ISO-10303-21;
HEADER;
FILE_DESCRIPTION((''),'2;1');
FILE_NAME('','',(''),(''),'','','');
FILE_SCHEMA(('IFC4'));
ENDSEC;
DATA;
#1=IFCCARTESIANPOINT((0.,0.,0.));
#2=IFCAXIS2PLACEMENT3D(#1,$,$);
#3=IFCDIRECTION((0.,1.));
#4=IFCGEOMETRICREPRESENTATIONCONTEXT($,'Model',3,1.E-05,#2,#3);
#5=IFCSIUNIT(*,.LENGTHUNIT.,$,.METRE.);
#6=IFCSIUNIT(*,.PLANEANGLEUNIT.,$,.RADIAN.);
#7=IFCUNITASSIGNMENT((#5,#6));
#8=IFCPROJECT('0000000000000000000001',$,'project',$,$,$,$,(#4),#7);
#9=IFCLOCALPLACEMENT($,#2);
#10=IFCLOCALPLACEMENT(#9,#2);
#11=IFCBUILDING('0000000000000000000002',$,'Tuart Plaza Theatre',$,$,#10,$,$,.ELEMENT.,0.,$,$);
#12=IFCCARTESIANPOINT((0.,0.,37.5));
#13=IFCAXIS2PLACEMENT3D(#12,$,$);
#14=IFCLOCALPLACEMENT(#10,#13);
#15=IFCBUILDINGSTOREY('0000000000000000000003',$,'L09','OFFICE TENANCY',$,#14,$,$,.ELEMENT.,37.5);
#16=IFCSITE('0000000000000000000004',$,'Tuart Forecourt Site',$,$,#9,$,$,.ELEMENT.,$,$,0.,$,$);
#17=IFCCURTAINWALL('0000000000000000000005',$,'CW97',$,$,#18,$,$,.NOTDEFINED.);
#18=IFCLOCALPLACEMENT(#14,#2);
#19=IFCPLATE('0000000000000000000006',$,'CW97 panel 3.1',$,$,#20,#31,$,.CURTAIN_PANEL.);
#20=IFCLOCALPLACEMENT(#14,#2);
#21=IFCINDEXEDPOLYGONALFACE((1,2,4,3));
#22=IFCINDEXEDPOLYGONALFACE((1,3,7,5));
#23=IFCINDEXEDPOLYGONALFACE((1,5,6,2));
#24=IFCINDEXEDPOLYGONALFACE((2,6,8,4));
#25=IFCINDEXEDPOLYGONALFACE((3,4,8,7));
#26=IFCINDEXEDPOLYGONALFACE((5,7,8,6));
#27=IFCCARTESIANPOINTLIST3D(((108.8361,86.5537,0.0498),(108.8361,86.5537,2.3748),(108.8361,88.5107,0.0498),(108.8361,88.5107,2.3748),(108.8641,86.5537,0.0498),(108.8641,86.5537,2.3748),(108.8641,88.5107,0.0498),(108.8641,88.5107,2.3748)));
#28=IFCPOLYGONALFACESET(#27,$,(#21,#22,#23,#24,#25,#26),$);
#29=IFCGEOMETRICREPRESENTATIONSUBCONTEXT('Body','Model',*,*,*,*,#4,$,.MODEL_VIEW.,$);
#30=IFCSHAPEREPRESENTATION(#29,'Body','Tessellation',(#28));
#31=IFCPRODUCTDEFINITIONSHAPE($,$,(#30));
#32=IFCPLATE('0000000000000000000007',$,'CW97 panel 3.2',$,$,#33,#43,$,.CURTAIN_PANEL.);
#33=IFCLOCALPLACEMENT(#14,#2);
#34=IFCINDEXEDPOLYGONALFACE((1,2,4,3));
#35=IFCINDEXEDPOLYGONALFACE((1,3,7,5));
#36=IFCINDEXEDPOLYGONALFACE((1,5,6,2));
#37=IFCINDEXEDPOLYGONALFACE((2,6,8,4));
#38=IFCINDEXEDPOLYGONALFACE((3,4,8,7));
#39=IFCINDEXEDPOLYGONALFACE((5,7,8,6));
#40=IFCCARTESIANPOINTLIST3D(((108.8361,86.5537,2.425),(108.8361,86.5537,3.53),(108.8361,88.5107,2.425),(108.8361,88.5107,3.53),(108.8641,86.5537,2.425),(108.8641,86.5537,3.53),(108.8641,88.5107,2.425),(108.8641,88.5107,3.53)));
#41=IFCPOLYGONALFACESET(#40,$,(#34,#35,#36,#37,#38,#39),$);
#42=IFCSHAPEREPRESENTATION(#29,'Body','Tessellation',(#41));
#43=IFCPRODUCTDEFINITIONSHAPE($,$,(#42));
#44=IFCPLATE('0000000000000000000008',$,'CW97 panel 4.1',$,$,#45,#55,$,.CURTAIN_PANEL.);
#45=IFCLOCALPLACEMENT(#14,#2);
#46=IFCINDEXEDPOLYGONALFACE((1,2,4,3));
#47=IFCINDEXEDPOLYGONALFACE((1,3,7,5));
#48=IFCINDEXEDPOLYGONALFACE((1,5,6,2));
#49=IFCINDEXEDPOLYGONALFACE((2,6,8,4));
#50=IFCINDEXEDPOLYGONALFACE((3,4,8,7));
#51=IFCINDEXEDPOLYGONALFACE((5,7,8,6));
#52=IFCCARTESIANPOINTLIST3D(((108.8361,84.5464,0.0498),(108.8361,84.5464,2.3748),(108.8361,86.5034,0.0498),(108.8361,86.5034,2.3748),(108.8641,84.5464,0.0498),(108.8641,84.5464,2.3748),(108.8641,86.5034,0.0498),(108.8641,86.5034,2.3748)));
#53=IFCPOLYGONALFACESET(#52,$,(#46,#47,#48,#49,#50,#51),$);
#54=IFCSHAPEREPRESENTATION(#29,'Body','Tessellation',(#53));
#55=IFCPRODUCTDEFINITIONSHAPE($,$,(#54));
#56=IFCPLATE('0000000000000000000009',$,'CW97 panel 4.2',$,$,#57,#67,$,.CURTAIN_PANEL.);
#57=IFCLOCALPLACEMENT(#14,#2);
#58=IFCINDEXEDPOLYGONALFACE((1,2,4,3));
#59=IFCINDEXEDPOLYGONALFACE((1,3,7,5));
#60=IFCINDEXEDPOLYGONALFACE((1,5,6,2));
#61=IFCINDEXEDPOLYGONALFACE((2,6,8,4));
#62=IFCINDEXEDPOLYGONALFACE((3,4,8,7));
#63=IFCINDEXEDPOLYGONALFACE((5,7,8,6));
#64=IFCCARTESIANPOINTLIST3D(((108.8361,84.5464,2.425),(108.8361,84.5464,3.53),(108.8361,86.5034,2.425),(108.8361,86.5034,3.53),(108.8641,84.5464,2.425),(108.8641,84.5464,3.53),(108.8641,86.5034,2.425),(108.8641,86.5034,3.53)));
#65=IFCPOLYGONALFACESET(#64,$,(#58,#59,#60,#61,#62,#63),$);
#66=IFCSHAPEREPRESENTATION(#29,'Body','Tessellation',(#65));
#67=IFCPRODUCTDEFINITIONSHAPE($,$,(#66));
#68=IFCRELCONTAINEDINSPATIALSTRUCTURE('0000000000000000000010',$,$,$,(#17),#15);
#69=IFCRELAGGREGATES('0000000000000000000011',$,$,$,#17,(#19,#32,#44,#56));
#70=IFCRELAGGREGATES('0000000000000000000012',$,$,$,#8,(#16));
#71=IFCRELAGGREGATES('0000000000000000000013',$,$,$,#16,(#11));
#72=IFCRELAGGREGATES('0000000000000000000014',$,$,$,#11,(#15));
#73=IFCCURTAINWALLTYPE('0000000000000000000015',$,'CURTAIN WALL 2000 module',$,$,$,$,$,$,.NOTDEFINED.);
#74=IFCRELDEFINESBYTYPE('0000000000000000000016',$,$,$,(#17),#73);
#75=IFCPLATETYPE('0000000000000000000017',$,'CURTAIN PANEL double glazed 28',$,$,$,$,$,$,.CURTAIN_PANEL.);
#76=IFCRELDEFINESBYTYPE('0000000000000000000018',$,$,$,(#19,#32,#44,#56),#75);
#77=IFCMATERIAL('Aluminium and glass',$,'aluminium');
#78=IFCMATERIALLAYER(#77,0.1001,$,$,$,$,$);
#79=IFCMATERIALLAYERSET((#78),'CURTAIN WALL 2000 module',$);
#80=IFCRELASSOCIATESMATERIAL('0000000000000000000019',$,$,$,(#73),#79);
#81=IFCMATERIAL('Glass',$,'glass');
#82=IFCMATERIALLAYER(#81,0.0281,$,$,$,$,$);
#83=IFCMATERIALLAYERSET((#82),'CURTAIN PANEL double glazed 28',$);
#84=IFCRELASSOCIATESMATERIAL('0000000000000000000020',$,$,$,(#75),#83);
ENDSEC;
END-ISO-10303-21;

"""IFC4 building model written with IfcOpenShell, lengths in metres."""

from ifc_helpers import new_model, si_unit, direction, frame, origin, origin_2d, place, context, subcontext, project, spatial, rectangle, extrude, material, layer, layer_set, type_object, element, aggregate, save


model = new_model("IFC4")

# Units and contexts
model_context = context("Model", 3, precision=1e-05, world=origin(), true_north=direction((0.0, 1.0)))
body_context = subcontext(model_context, "Body", "Model", "MODEL_VIEW")
ifc_project = project(units=[si_unit("LENGTHUNIT", "METRE"), si_unit("PLANEANGLEUNIT", "RADIAN")], contexts=[model_context])

# Site, building, storey
site_placement = place(None, origin())
site = spatial("IfcSite", under=ifc_project, at=site_placement, Name="Tuart Forecourt Site", CompositionType="ELEMENT", RefElevation=0.0)
building_placement = place(site_placement, origin())
building = spatial("IfcBuilding", under=site, at=building_placement, Name="Tuart Plaza Theatre", CompositionType="ELEMENT", ElevationOfRefHeight=0.0)
storey_placement = place(building_placement, frame((0.0, 0.0, 37.5)))
storey = spatial("IfcBuildingStorey", under=building, at=storey_placement, Name="L09", Description="OFFICE TENANCY", CompositionType="ELEMENT", Elevation=37.5)

# Curtain wall, plates
ifc_material_1 = material(Name="Aluminium and glass", Category="aluminium")
ifc_layer_1 = layer(ifc_material_1, 0.1001)
ifc_layer_set_1 = layer_set([ifc_layer_1], Name="CURTAIN WALL 2000 module")
curtain_wall_type = type_object("IfcCurtainWallType", Name="CURTAIN WALL 2000 module", PredefinedType="NOTDEFINED", material=ifc_layer_set_1)
curtain_wall_placement = place(storey_placement, origin())
curtain_wall = element("IfcCurtainWall", 1, at=curtain_wall_placement, inside=storey, type_object=curtain_wall_type, Name="CW97", PredefinedType="NOTDEFINED")
ifc_material_2 = material(Name="Glass", Category="glass")
ifc_layer_2 = layer(ifc_material_2, 0.0281)
ifc_layer_set_2 = layer_set([ifc_layer_2], Name="CURTAIN PANEL double glazed 28")
plate_type = type_object("IfcPlateType", Name="CURTAIN PANEL double glazed 28", PredefinedType="CURTAIN_PANEL", material=ifc_layer_set_2)
plate_1_placement = place(storey_placement, frame((108.8501, 87.5322, 0.0498), z_axis=(0.0, 0.0, 1.0), x_axis=(0.0, -1.0, 0.0)))
plate_1 = element("IfcPlate", 2, at=plate_1_placement, type_object=plate_type, Name="CW97 panel 3.1", PredefinedType="CURTAIN_PANEL", context=body_context, shape_type="SweptSolid", body=[
    extrude(rectangle(XDim=1.957, YDim=0.0281, at=origin_2d()), origin(), (0.0, 0.0, 1.0), 2.325),
])
plate_2_placement = place(storey_placement, frame((108.8501, 87.5322, 2.425), z_axis=(0.0, 0.0, 1.0), x_axis=(0.0, -1.0, 0.0)))
plate_2 = element("IfcPlate", 3, at=plate_2_placement, type_object=plate_type, Name="CW97 panel 3.2", PredefinedType="CURTAIN_PANEL", context=body_context, shape_type="SweptSolid", body=[
    extrude(rectangle(XDim=1.957, YDim=0.0281, at=origin_2d()), origin(), (0.0, 0.0, 1.0), 1.105),
])
plate_3_placement = place(storey_placement, frame((108.8501, 85.5249, 0.0498), z_axis=(0.0, 0.0, 1.0), x_axis=(0.0, -1.0, 0.0)))
plate_3 = element("IfcPlate", 4, at=plate_3_placement, type_object=plate_type, Name="CW97 panel 4.1", PredefinedType="CURTAIN_PANEL", context=body_context, shape_type="SweptSolid", body=[
    extrude(rectangle(XDim=1.957, YDim=0.0281, at=origin_2d()), origin(), (0.0, 0.0, 1.0), 2.325),
])
plate_4_placement = place(storey_placement, frame((108.8501, 85.5249, 2.425), z_axis=(0.0, 0.0, 1.0), x_axis=(0.0, -1.0, 0.0)))
plate_4 = element("IfcPlate", 5, at=plate_4_placement, type_object=plate_type, Name="CW97 panel 4.2", PredefinedType="CURTAIN_PANEL", context=body_context, shape_type="SweptSolid", body=[
    extrude(rectangle(XDim=1.957, YDim=0.0281, at=origin_2d()), origin(), (0.0, 0.0, 1.0), 1.105),
])
aggregate(curtain_wall, [plate_1, plate_2, plate_3, plate_4])

save(model, "model.ifc")
